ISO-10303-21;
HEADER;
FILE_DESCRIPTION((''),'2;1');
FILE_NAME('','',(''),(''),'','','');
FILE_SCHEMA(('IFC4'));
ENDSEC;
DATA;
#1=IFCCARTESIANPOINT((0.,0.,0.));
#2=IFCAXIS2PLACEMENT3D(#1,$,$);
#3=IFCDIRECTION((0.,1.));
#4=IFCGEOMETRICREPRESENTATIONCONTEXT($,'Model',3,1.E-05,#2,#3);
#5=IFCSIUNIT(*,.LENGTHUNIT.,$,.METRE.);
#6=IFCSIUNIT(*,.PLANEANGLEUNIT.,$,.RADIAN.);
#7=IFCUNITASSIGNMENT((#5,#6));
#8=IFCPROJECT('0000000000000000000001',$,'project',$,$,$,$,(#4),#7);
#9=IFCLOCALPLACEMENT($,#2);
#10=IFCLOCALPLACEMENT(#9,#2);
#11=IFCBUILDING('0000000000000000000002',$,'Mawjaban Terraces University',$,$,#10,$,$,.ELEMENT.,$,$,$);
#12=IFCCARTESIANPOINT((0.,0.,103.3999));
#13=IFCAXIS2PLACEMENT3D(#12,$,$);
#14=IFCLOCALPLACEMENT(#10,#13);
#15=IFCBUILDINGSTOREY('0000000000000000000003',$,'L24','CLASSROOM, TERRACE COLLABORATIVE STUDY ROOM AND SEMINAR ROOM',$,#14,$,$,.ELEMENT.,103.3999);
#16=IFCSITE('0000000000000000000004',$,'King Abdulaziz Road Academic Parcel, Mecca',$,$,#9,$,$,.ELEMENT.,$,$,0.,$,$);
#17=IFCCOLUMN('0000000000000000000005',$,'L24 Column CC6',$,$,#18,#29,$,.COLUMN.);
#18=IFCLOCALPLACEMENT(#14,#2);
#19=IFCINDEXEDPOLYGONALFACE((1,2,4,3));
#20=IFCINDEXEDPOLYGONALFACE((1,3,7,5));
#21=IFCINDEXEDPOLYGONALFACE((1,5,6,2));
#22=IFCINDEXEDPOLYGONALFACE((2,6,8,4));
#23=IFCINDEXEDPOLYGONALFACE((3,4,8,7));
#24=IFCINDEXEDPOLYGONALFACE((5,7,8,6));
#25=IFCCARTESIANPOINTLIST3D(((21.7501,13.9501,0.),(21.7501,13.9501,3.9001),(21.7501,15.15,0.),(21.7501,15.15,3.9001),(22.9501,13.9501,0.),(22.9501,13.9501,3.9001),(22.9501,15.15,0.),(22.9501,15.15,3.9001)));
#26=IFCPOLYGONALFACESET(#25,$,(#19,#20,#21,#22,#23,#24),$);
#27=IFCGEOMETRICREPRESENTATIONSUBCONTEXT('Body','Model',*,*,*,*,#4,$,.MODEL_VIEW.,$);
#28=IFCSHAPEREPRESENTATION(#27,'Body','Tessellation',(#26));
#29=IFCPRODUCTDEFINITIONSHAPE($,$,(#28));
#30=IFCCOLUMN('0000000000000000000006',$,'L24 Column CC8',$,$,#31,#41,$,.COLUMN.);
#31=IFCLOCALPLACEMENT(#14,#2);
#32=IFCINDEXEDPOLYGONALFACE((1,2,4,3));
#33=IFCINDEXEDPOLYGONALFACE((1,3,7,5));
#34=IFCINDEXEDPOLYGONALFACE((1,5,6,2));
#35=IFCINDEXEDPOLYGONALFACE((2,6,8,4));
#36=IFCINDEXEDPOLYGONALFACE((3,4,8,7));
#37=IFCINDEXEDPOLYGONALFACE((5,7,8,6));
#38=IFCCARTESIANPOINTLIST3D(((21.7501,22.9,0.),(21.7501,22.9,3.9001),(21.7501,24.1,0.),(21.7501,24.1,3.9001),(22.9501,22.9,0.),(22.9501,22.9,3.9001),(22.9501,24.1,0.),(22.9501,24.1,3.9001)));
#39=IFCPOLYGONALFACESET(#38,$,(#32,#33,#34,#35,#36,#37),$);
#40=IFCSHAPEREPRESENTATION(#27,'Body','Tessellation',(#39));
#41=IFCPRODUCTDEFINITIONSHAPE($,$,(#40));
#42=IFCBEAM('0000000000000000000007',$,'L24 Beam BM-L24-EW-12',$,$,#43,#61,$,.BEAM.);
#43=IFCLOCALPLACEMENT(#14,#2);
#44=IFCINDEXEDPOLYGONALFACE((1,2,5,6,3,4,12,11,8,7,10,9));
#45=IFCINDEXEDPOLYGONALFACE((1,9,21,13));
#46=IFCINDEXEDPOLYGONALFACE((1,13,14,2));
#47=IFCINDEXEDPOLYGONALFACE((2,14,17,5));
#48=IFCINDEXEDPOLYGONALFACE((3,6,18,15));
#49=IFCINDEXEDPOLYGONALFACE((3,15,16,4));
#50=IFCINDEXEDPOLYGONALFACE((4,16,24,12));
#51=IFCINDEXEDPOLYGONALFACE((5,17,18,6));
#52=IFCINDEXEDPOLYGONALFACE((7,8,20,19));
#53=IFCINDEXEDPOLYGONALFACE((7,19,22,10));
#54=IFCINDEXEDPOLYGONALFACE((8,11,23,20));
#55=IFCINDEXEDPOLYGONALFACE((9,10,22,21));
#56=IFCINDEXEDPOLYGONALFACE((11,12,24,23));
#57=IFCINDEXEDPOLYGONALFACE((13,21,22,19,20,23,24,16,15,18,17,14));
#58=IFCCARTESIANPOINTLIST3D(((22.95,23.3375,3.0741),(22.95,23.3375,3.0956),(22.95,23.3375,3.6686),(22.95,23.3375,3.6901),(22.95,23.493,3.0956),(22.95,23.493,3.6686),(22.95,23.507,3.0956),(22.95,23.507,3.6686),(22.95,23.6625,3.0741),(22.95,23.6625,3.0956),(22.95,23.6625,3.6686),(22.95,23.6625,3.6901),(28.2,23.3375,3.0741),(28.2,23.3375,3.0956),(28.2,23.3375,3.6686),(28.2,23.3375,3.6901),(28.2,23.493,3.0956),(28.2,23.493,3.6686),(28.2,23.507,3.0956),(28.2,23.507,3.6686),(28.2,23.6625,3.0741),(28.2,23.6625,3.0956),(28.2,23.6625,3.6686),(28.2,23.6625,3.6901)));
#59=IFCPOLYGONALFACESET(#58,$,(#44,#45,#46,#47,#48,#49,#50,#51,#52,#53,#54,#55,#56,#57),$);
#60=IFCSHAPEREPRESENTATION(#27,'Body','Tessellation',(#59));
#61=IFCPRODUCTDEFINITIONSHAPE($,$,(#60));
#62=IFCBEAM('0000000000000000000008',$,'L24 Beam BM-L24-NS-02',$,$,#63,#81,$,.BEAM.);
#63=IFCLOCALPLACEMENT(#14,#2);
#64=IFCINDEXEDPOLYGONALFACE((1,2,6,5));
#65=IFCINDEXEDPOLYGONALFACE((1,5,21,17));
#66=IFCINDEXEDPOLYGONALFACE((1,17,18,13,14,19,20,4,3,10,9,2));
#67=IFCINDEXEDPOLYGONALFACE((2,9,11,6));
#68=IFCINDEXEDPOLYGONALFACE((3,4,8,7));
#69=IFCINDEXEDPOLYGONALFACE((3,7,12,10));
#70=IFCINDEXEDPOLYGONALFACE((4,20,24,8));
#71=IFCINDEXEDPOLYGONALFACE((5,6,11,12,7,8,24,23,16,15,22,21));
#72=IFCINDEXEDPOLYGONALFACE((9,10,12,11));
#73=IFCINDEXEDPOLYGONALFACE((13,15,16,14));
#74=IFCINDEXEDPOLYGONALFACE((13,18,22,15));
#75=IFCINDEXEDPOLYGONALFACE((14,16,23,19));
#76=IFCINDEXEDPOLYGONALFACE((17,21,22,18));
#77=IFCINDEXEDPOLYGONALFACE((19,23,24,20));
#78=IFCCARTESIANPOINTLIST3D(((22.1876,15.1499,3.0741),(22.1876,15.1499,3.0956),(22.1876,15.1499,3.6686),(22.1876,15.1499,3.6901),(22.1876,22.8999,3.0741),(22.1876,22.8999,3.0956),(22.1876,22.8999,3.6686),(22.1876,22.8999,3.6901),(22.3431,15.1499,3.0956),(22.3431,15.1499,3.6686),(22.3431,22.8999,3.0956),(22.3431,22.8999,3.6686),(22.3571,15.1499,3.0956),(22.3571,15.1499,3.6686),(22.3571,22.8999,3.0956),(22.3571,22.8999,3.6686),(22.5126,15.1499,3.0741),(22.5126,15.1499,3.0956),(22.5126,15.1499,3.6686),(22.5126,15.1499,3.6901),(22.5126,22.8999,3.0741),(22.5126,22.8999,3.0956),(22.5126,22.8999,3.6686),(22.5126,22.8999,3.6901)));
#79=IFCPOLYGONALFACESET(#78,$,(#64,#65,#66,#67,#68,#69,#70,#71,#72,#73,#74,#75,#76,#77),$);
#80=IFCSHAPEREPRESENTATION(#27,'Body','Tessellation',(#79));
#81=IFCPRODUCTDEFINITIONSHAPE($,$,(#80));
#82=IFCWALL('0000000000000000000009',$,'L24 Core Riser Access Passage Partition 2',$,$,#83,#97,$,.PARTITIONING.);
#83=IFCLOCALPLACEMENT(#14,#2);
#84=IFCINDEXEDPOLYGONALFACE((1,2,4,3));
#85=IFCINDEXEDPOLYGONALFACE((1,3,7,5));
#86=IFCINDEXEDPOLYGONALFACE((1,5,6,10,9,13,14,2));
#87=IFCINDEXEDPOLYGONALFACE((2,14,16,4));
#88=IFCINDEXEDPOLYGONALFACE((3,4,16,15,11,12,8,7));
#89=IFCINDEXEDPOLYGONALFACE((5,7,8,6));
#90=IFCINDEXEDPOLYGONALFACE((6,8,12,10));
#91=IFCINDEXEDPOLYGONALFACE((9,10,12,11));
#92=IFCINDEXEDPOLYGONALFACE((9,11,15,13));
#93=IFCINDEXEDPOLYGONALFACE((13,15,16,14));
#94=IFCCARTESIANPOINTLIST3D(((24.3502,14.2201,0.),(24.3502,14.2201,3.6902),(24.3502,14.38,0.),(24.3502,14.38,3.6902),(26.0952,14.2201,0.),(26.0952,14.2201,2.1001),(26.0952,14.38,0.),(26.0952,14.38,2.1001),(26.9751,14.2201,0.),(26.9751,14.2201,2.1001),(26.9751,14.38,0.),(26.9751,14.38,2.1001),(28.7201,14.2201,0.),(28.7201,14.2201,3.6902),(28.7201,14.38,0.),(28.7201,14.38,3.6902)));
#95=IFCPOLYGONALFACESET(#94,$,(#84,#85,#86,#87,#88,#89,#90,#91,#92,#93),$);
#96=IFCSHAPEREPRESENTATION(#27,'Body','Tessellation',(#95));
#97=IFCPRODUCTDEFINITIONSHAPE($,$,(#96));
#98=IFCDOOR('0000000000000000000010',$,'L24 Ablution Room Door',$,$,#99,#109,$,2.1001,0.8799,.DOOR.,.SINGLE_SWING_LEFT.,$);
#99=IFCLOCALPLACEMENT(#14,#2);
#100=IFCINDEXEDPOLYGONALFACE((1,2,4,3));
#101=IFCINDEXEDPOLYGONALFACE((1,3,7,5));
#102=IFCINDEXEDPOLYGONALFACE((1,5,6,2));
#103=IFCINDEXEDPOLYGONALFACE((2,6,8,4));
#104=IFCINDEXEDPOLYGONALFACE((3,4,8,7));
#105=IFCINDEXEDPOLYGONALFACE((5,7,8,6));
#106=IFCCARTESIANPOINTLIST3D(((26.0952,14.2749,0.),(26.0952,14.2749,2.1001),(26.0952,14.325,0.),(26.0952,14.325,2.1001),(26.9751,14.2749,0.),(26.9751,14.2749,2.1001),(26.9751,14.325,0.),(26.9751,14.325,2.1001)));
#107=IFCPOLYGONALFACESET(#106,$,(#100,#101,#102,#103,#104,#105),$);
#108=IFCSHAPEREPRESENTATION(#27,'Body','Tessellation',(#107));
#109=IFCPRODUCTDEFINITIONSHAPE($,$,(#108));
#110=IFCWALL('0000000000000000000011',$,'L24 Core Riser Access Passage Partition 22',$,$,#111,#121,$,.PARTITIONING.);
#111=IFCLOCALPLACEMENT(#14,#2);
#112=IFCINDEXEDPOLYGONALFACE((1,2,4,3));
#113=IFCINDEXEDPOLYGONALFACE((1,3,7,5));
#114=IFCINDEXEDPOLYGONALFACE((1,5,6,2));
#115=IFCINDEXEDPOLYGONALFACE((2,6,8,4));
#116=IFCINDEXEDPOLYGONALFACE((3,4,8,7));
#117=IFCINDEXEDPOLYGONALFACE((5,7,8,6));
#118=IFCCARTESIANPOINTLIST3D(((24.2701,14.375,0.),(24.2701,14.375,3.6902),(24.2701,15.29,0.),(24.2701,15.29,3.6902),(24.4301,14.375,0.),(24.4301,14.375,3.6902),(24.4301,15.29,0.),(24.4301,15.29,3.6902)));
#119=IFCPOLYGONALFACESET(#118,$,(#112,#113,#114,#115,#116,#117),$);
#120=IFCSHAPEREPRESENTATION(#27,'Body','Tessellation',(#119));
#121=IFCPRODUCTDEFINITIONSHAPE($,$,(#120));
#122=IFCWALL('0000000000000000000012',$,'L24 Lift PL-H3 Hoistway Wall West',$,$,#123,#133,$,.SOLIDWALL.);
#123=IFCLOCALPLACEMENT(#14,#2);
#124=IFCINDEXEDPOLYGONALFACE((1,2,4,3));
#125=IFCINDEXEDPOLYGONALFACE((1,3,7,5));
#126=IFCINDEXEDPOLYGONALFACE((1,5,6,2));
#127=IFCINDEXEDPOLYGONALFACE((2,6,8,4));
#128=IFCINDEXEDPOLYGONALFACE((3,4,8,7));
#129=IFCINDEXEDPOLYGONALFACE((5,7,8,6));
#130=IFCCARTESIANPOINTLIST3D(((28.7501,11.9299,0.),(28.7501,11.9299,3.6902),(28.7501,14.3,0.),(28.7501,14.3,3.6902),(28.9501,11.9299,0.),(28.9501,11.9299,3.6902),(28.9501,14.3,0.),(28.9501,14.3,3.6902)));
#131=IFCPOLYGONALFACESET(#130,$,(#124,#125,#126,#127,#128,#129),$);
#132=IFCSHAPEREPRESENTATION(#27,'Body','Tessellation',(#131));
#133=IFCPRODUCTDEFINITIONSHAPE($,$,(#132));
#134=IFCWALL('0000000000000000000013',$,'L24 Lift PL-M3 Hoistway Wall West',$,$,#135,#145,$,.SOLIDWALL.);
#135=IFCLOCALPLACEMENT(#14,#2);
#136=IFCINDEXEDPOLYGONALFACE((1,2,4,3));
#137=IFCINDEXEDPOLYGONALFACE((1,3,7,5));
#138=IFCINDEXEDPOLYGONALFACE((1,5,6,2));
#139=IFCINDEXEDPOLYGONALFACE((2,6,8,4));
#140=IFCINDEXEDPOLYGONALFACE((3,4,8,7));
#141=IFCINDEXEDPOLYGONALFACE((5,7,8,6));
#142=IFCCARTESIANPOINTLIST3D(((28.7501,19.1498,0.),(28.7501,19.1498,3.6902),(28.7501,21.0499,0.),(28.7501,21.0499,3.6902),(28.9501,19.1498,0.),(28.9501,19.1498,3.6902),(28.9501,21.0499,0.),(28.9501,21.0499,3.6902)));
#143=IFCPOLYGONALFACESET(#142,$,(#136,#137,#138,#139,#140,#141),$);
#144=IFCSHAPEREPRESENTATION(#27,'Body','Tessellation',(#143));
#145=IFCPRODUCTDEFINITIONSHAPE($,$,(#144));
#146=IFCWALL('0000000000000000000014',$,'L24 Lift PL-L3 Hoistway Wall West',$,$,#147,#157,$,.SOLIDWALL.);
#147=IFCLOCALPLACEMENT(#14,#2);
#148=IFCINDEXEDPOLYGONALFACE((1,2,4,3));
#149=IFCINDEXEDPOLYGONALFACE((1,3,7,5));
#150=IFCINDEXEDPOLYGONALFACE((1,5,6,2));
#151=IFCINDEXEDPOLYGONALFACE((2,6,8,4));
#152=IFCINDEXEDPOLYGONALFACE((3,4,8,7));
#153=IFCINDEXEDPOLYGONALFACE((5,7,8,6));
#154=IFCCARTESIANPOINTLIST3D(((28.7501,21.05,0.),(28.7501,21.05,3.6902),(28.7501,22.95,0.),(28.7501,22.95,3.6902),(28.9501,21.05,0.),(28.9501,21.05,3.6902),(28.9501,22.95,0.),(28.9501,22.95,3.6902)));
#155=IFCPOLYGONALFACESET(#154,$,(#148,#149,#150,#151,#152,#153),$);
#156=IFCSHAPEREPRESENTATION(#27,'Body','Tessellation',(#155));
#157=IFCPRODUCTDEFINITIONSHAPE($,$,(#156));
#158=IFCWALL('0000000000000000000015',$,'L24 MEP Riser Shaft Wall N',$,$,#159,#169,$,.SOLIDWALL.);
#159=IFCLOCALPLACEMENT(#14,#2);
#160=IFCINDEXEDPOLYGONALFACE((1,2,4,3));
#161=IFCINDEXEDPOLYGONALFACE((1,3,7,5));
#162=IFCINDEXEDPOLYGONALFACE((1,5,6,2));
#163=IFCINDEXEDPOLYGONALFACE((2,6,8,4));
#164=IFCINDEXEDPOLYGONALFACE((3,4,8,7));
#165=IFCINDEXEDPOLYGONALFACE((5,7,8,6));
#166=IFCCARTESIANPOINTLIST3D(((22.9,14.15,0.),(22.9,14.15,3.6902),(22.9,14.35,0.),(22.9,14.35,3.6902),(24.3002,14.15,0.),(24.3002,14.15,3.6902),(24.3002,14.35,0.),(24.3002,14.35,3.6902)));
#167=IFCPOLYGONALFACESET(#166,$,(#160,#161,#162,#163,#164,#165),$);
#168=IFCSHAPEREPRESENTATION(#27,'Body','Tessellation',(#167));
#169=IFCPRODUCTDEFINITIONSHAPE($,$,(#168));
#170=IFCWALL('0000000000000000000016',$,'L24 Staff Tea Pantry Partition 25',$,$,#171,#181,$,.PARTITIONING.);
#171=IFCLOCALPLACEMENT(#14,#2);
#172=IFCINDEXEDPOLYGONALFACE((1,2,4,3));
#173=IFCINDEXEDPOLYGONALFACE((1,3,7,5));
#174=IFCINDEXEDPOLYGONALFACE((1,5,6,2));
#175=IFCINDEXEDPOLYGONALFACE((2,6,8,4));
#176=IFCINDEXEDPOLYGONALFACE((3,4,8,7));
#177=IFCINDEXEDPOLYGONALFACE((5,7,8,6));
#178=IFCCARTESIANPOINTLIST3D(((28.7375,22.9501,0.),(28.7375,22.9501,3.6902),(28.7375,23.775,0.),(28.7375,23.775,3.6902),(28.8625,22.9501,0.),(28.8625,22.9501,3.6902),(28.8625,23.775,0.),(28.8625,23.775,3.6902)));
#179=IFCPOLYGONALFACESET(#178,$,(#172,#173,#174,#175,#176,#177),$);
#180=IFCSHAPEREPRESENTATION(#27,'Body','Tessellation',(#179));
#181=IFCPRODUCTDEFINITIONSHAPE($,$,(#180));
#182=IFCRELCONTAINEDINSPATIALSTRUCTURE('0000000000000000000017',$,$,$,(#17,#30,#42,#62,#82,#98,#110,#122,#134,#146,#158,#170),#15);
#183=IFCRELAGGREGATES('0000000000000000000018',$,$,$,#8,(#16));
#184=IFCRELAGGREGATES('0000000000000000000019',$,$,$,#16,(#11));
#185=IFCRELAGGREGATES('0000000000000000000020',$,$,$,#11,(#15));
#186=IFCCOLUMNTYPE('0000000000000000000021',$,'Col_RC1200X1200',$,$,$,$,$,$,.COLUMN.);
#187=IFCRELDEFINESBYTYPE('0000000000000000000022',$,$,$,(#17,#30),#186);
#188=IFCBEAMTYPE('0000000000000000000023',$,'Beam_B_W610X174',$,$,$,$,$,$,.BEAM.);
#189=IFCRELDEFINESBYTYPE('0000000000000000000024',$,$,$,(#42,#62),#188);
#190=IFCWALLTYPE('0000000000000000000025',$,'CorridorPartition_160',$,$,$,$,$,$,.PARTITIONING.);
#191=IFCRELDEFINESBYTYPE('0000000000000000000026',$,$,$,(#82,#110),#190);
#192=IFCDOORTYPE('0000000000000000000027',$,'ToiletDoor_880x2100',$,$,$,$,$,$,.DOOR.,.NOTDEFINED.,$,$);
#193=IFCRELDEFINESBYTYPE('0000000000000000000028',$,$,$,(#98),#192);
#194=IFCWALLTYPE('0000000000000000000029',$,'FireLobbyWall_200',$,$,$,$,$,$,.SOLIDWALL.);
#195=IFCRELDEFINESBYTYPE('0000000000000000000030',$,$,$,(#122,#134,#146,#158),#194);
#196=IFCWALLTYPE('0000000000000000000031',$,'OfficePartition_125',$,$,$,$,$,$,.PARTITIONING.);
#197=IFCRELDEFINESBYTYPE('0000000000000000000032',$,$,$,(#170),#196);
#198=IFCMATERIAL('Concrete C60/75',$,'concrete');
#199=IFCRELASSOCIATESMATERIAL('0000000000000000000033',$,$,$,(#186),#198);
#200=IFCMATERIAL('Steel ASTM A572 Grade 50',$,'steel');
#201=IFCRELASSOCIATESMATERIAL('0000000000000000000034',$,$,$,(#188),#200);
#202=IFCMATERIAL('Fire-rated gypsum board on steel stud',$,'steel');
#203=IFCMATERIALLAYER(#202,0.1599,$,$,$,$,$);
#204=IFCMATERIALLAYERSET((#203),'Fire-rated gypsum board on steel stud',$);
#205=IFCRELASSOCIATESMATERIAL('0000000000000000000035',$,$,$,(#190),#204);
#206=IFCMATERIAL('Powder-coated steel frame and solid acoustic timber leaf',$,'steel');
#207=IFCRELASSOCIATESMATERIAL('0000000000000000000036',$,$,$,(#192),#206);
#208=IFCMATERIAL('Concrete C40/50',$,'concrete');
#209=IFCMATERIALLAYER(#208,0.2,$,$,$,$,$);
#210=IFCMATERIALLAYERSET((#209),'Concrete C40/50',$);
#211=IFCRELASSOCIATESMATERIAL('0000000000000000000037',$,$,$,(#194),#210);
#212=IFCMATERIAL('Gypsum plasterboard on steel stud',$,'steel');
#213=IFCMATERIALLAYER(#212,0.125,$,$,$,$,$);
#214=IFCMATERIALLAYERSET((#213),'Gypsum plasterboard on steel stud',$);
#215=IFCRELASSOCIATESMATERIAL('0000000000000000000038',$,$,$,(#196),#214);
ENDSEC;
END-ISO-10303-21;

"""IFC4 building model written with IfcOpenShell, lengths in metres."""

from ifc_helpers import new_model, si_unit, direction, frame, frame_2d, origin, origin_2d, place, context, subcontext, project, spatial, rectangle, i_section, extrude, material, layer, layer_set, material_profile, profile_set, type_object, element, fill, save


model = new_model("IFC4")

# Units and contexts
model_context = context("Model", 3, precision=1e-05, world=origin(), true_north=direction((0.0, 1.0)))
body_context = subcontext(model_context, "Body", "Model", "MODEL_VIEW")
ifc_project = project(units=[si_unit("LENGTHUNIT", "METRE"), si_unit("PLANEANGLEUNIT", "RADIAN")], contexts=[model_context])

# Site, building, storey
site_placement = place(None, origin())
site = spatial("IfcSite", under=ifc_project, at=site_placement, Name="King Abdulaziz Road Academic Parcel, Mecca", CompositionType="ELEMENT", RefElevation=0.0)
building_placement = place(site_placement, origin())
building = spatial("IfcBuilding", under=site, at=building_placement, Name="Mawjaban Terraces University", CompositionType="ELEMENT")
storey_placement = place(building_placement, frame((0.0, 0.0, 103.3999)))
storey = spatial("IfcBuildingStorey", under=building, at=storey_placement, Name="L24", Description="CLASSROOM, TERRACE COLLABORATIVE STUDY ROOM AND SEMINAR ROOM", CompositionType="ELEMENT", Elevation=103.3999)

# Columns
ifc_material_1 = material(Name="Concrete C60/75", Category="concrete")
ifc_material_profile_1 = material_profile(ifc_material_1, rectangle(XDim=1.2, YDim=1.2, at=origin_2d()), Name="RC1200X1200")
ifc_profile_set_1 = profile_set([ifc_material_profile_1], Name="Concrete C60/75")
column_type = type_object("IfcColumnType", Name="Col_RC1200X1200", PredefinedType="COLUMN", material=ifc_profile_set_1)
for number, where, z_axis, x_axis, name in (
    (1, (22.3501, 14.55, 0.0), (0.0, 0.0, 1.0), (1.0, 0.0, 0.0), "L24 Column CC6"),
    (2, (22.3501, 23.5, 0.0), (0.0, 0.0, 1.0), (1.0, 0.0, 0.0), "L24 Column CC8"),
):
    element("IfcColumn", number, at=place(storey_placement, frame(where, z_axis=z_axis, x_axis=x_axis)), inside=storey, type_object=column_type, Name=name, PredefinedType="COLUMN", context=body_context, shape_type="SweptSolid", body=[
        extrude(rectangle(XDim=1.2, YDim=1.2, at=origin_2d()), origin(), (0.0, 0.0, 1.0), 3.9001),
    ])

# Beams
ifc_material_2 = material(Name="Steel ASTM A572 Grade 50", Category="steel")
ifc_material_profile_2 = material_profile(ifc_material_2, i_section(OverallWidth=0.325, OverallDepth=0.616, WebThickness=0.0139, FlangeThickness=0.0215, at=origin_2d()), Name="W610X174")
ifc_profile_set_2 = profile_set([ifc_material_profile_2], Name="Steel ASTM A572 Grade 50")
beam_type = type_object("IfcBeamType", Name="Beam_B_W610X174", PredefinedType="BEAM", material=ifc_profile_set_2)
beam_1_placement = place(storey_placement, frame((22.95, 23.5, 3.3821), z_axis=(1.0, 0.0, 0.0), x_axis=(0.0, 1.0, 0.0)))
element("IfcBeam", 3, at=beam_1_placement, inside=storey, type_object=beam_type, Name="L24 Beam BM-L24-EW-12", PredefinedType="BEAM", context=body_context, shape_type="SweptSolid", body=[
    extrude(i_section(OverallWidth=0.325, OverallDepth=0.616, WebThickness=0.0139, FlangeThickness=0.0215, at=origin_2d()), origin(), (0.0, 0.0, 1.0), 5.25),
])
beam_2_placement = place(storey_placement, frame((22.3501, 15.1499, 3.3821), z_axis=(0.0, 1.0, 0.0), x_axis=(-1.0, 0.0, 0.0)))
element("IfcBeam", 4, at=beam_2_placement, inside=storey, type_object=beam_type, Name="L24 Beam BM-L24-NS-02", PredefinedType="BEAM", context=body_context, shape_type="SweptSolid", body=[
    extrude(i_section(OverallWidth=0.325, OverallDepth=0.616, WebThickness=0.0139, FlangeThickness=0.0215, at=origin_2d()), origin(), (0.0, 0.0, 1.0), 7.75),
])

# Wall, opening, door
ifc_material_3 = material(Name="Fire-rated gypsum board on steel stud", Category="steel")
ifc_layer_1 = layer(ifc_material_3, 0.1599)
ifc_layer_set_1 = layer_set([ifc_layer_1], Name="Fire-rated gypsum board on steel stud")
wall_type_1 = type_object("IfcWallType", Name="CorridorPartition_160", PredefinedType="PARTITIONING", material=ifc_layer_set_1)
wall_1_placement = place(storey_placement, frame((24.3501, 14.3, 0.0), z_axis=(0.0, 0.0, 1.0), x_axis=(1.0, 0.0, 0.0)))
wall_1 = element("IfcWall", 5, at=wall_1_placement, inside=storey, type_object=wall_type_1, Name="L24 Core Riser Access Passage Partition 2", PredefinedType="PARTITIONING", context=body_context, shape_type="SweptSolid", body=[
    extrude(rectangle(XDim=4.3699, YDim=0.1599, at=frame_2d((2.1851, 0.0))), origin(), (0.0, 0.0, 1.0), 3.6902),
])
opening_placement = place(wall_1_placement, frame((1.7451, 0.0, 0.0)))
opening = element("IfcOpeningElement", 6, at=opening_placement, cuts=wall_1, PredefinedType="OPENING", context=body_context, shape_type="SweptSolid", body=[
    extrude(rectangle(XDim=0.8799, YDim=2.1001, at=frame_2d((0.4399, 1.05))), frame((0.0, 0.0898, 0.0), z_axis=(0.0, -1.0, 0.0), x_axis=(1.0, 0.0, 0.0)), (0.0, 0.0, 1.0), 0.1799),
])
ifc_material_4 = material(Name="Powder-coated steel frame and solid acoustic timber leaf", Category="steel")
door_type = type_object("IfcDoorType", Name="ToiletDoor_880x2100", OperationType="NOTDEFINED", PredefinedType="DOOR", material=ifc_material_4)
door_placement = place(opening_placement, origin())
door = element("IfcDoor", 7, at=door_placement, inside=storey, type_object=door_type, Name="L24 Ablution Room Door", OperationType="SINGLE_SWING_LEFT", OverallHeight=2.1001, OverallWidth=0.8799, PredefinedType="DOOR", context=body_context, shape_type="SweptSolid", body=[
    extrude(rectangle(XDim=0.8799, YDim=2.1001, at=frame_2d((0.4399, 1.05))), frame((0.0, 0.0249, 0.0), z_axis=(0.0, -1.0, 0.0), x_axis=(1.0, 0.0, 0.0)), (0.0, 0.0, 1.0), 0.05),
])
fill(opening, door)

# Walls
wall_2_placement = place(storey_placement, frame((24.3501, 15.29, 0.0), z_axis=(0.0, 0.0, 1.0), x_axis=(0.0, -1.0, 0.0)))
element("IfcWall", 8, at=wall_2_placement, inside=storey, type_object=wall_type_1, Name="L24 Core Riser Access Passage Partition 22", PredefinedType="PARTITIONING", context=body_context, shape_type="SweptSolid", body=[
    extrude(rectangle(XDim=0.915, YDim=0.1599, at=frame_2d((0.4575, 0.0))), origin(), (0.0, 0.0, 1.0), 3.6902),
])
ifc_material_5 = material(Name="Concrete C40/50", Category="concrete")
ifc_layer_2 = layer(ifc_material_5, 0.2)
ifc_layer_set_2 = layer_set([ifc_layer_2], Name="Concrete C40/50")
wall_type_2 = type_object("IfcWallType", Name="FireLobbyWall_200", PredefinedType="SOLIDWALL", material=ifc_layer_set_2)
wall_3_placement = place(storey_placement, frame((28.8501, 14.3, 0.0), z_axis=(0.0, 0.0, 1.0), x_axis=(0.0, -1.0, 0.0)))
element("IfcWall", 9, at=wall_3_placement, inside=storey, type_object=wall_type_2, Name="L24 Lift PL-H3 Hoistway Wall West", PredefinedType="SOLIDWALL", context=body_context, shape_type="SweptSolid", body=[
    extrude(rectangle(XDim=2.3701, YDim=0.2, at=frame_2d((1.1851, 0.0))), origin(), (0.0, 0.0, 1.0), 3.6902),
])
wall_4_placement = place(storey_placement, frame((28.8501, 21.05, 0.0), z_axis=(0.0, 0.0, 1.0), x_axis=(0.0, -1.0, 0.0)))
element("IfcWall", 10, at=wall_4_placement, inside=storey, type_object=wall_type_2, Name="L24 Lift PL-M3 Hoistway Wall West", PredefinedType="SOLIDWALL", context=body_context, shape_type="SweptSolid", body=[
    extrude(rectangle(XDim=1.9001, YDim=0.2, at=frame_2d((0.9502, 0.0))), origin(), (0.0, 0.0, 1.0), 3.6902),
])
wall_5_placement = place(storey_placement, frame((28.8501, 22.95, 0.0), z_axis=(0.0, 0.0, 1.0), x_axis=(0.0, -1.0, 0.0)))
element("IfcWall", 11, at=wall_5_placement, inside=storey, type_object=wall_type_2, Name="L24 Lift PL-L3 Hoistway Wall West", PredefinedType="SOLIDWALL", context=body_context, shape_type="SweptSolid", body=[
    extrude(rectangle(XDim=1.8999, YDim=0.2, at=frame_2d((0.95, 0.0))), origin(), (0.0, 0.0, 1.0), 3.6902),
])
wall_6_placement = place(storey_placement, frame((22.8999, 14.25, 0.0), z_axis=(0.0, 0.0, 1.0), x_axis=(1.0, 0.0, 0.0)))
element("IfcWall", 12, at=wall_6_placement, inside=storey, type_object=wall_type_2, Name="L24 MEP Riser Shaft Wall N", PredefinedType="SOLIDWALL", context=body_context, shape_type="SweptSolid", body=[
    extrude(rectangle(XDim=1.4001, YDim=0.2, at=frame_2d((0.7002, 0.0))), origin(), (0.0, 0.0, 1.0), 3.6902),
])
ifc_material_6 = material(Name="Gypsum plasterboard on steel stud", Category="steel")
ifc_layer_3 = layer(ifc_material_6, 0.125)
ifc_layer_set_3 = layer_set([ifc_layer_3], Name="Gypsum plasterboard on steel stud")
wall_type_3 = type_object("IfcWallType", Name="OfficePartition_125", PredefinedType="PARTITIONING", material=ifc_layer_set_3)
wall_7_placement = place(storey_placement, frame((28.8, 22.95, 0.0), z_axis=(0.0, 0.0, 1.0), x_axis=(0.0, 1.0, 0.0)))
element("IfcWall", 13, at=wall_7_placement, inside=storey, type_object=wall_type_3, Name="L24 Staff Tea Pantry Partition 25", PredefinedType="PARTITIONING", context=body_context, shape_type="SweptSolid", body=[
    extrude(rectangle(XDim=0.825, YDim=0.125, at=frame_2d((0.4126, 0.0))), origin(), (0.0, 0.0, 1.0), 3.6902),
])

save(model, "model.ifc")
